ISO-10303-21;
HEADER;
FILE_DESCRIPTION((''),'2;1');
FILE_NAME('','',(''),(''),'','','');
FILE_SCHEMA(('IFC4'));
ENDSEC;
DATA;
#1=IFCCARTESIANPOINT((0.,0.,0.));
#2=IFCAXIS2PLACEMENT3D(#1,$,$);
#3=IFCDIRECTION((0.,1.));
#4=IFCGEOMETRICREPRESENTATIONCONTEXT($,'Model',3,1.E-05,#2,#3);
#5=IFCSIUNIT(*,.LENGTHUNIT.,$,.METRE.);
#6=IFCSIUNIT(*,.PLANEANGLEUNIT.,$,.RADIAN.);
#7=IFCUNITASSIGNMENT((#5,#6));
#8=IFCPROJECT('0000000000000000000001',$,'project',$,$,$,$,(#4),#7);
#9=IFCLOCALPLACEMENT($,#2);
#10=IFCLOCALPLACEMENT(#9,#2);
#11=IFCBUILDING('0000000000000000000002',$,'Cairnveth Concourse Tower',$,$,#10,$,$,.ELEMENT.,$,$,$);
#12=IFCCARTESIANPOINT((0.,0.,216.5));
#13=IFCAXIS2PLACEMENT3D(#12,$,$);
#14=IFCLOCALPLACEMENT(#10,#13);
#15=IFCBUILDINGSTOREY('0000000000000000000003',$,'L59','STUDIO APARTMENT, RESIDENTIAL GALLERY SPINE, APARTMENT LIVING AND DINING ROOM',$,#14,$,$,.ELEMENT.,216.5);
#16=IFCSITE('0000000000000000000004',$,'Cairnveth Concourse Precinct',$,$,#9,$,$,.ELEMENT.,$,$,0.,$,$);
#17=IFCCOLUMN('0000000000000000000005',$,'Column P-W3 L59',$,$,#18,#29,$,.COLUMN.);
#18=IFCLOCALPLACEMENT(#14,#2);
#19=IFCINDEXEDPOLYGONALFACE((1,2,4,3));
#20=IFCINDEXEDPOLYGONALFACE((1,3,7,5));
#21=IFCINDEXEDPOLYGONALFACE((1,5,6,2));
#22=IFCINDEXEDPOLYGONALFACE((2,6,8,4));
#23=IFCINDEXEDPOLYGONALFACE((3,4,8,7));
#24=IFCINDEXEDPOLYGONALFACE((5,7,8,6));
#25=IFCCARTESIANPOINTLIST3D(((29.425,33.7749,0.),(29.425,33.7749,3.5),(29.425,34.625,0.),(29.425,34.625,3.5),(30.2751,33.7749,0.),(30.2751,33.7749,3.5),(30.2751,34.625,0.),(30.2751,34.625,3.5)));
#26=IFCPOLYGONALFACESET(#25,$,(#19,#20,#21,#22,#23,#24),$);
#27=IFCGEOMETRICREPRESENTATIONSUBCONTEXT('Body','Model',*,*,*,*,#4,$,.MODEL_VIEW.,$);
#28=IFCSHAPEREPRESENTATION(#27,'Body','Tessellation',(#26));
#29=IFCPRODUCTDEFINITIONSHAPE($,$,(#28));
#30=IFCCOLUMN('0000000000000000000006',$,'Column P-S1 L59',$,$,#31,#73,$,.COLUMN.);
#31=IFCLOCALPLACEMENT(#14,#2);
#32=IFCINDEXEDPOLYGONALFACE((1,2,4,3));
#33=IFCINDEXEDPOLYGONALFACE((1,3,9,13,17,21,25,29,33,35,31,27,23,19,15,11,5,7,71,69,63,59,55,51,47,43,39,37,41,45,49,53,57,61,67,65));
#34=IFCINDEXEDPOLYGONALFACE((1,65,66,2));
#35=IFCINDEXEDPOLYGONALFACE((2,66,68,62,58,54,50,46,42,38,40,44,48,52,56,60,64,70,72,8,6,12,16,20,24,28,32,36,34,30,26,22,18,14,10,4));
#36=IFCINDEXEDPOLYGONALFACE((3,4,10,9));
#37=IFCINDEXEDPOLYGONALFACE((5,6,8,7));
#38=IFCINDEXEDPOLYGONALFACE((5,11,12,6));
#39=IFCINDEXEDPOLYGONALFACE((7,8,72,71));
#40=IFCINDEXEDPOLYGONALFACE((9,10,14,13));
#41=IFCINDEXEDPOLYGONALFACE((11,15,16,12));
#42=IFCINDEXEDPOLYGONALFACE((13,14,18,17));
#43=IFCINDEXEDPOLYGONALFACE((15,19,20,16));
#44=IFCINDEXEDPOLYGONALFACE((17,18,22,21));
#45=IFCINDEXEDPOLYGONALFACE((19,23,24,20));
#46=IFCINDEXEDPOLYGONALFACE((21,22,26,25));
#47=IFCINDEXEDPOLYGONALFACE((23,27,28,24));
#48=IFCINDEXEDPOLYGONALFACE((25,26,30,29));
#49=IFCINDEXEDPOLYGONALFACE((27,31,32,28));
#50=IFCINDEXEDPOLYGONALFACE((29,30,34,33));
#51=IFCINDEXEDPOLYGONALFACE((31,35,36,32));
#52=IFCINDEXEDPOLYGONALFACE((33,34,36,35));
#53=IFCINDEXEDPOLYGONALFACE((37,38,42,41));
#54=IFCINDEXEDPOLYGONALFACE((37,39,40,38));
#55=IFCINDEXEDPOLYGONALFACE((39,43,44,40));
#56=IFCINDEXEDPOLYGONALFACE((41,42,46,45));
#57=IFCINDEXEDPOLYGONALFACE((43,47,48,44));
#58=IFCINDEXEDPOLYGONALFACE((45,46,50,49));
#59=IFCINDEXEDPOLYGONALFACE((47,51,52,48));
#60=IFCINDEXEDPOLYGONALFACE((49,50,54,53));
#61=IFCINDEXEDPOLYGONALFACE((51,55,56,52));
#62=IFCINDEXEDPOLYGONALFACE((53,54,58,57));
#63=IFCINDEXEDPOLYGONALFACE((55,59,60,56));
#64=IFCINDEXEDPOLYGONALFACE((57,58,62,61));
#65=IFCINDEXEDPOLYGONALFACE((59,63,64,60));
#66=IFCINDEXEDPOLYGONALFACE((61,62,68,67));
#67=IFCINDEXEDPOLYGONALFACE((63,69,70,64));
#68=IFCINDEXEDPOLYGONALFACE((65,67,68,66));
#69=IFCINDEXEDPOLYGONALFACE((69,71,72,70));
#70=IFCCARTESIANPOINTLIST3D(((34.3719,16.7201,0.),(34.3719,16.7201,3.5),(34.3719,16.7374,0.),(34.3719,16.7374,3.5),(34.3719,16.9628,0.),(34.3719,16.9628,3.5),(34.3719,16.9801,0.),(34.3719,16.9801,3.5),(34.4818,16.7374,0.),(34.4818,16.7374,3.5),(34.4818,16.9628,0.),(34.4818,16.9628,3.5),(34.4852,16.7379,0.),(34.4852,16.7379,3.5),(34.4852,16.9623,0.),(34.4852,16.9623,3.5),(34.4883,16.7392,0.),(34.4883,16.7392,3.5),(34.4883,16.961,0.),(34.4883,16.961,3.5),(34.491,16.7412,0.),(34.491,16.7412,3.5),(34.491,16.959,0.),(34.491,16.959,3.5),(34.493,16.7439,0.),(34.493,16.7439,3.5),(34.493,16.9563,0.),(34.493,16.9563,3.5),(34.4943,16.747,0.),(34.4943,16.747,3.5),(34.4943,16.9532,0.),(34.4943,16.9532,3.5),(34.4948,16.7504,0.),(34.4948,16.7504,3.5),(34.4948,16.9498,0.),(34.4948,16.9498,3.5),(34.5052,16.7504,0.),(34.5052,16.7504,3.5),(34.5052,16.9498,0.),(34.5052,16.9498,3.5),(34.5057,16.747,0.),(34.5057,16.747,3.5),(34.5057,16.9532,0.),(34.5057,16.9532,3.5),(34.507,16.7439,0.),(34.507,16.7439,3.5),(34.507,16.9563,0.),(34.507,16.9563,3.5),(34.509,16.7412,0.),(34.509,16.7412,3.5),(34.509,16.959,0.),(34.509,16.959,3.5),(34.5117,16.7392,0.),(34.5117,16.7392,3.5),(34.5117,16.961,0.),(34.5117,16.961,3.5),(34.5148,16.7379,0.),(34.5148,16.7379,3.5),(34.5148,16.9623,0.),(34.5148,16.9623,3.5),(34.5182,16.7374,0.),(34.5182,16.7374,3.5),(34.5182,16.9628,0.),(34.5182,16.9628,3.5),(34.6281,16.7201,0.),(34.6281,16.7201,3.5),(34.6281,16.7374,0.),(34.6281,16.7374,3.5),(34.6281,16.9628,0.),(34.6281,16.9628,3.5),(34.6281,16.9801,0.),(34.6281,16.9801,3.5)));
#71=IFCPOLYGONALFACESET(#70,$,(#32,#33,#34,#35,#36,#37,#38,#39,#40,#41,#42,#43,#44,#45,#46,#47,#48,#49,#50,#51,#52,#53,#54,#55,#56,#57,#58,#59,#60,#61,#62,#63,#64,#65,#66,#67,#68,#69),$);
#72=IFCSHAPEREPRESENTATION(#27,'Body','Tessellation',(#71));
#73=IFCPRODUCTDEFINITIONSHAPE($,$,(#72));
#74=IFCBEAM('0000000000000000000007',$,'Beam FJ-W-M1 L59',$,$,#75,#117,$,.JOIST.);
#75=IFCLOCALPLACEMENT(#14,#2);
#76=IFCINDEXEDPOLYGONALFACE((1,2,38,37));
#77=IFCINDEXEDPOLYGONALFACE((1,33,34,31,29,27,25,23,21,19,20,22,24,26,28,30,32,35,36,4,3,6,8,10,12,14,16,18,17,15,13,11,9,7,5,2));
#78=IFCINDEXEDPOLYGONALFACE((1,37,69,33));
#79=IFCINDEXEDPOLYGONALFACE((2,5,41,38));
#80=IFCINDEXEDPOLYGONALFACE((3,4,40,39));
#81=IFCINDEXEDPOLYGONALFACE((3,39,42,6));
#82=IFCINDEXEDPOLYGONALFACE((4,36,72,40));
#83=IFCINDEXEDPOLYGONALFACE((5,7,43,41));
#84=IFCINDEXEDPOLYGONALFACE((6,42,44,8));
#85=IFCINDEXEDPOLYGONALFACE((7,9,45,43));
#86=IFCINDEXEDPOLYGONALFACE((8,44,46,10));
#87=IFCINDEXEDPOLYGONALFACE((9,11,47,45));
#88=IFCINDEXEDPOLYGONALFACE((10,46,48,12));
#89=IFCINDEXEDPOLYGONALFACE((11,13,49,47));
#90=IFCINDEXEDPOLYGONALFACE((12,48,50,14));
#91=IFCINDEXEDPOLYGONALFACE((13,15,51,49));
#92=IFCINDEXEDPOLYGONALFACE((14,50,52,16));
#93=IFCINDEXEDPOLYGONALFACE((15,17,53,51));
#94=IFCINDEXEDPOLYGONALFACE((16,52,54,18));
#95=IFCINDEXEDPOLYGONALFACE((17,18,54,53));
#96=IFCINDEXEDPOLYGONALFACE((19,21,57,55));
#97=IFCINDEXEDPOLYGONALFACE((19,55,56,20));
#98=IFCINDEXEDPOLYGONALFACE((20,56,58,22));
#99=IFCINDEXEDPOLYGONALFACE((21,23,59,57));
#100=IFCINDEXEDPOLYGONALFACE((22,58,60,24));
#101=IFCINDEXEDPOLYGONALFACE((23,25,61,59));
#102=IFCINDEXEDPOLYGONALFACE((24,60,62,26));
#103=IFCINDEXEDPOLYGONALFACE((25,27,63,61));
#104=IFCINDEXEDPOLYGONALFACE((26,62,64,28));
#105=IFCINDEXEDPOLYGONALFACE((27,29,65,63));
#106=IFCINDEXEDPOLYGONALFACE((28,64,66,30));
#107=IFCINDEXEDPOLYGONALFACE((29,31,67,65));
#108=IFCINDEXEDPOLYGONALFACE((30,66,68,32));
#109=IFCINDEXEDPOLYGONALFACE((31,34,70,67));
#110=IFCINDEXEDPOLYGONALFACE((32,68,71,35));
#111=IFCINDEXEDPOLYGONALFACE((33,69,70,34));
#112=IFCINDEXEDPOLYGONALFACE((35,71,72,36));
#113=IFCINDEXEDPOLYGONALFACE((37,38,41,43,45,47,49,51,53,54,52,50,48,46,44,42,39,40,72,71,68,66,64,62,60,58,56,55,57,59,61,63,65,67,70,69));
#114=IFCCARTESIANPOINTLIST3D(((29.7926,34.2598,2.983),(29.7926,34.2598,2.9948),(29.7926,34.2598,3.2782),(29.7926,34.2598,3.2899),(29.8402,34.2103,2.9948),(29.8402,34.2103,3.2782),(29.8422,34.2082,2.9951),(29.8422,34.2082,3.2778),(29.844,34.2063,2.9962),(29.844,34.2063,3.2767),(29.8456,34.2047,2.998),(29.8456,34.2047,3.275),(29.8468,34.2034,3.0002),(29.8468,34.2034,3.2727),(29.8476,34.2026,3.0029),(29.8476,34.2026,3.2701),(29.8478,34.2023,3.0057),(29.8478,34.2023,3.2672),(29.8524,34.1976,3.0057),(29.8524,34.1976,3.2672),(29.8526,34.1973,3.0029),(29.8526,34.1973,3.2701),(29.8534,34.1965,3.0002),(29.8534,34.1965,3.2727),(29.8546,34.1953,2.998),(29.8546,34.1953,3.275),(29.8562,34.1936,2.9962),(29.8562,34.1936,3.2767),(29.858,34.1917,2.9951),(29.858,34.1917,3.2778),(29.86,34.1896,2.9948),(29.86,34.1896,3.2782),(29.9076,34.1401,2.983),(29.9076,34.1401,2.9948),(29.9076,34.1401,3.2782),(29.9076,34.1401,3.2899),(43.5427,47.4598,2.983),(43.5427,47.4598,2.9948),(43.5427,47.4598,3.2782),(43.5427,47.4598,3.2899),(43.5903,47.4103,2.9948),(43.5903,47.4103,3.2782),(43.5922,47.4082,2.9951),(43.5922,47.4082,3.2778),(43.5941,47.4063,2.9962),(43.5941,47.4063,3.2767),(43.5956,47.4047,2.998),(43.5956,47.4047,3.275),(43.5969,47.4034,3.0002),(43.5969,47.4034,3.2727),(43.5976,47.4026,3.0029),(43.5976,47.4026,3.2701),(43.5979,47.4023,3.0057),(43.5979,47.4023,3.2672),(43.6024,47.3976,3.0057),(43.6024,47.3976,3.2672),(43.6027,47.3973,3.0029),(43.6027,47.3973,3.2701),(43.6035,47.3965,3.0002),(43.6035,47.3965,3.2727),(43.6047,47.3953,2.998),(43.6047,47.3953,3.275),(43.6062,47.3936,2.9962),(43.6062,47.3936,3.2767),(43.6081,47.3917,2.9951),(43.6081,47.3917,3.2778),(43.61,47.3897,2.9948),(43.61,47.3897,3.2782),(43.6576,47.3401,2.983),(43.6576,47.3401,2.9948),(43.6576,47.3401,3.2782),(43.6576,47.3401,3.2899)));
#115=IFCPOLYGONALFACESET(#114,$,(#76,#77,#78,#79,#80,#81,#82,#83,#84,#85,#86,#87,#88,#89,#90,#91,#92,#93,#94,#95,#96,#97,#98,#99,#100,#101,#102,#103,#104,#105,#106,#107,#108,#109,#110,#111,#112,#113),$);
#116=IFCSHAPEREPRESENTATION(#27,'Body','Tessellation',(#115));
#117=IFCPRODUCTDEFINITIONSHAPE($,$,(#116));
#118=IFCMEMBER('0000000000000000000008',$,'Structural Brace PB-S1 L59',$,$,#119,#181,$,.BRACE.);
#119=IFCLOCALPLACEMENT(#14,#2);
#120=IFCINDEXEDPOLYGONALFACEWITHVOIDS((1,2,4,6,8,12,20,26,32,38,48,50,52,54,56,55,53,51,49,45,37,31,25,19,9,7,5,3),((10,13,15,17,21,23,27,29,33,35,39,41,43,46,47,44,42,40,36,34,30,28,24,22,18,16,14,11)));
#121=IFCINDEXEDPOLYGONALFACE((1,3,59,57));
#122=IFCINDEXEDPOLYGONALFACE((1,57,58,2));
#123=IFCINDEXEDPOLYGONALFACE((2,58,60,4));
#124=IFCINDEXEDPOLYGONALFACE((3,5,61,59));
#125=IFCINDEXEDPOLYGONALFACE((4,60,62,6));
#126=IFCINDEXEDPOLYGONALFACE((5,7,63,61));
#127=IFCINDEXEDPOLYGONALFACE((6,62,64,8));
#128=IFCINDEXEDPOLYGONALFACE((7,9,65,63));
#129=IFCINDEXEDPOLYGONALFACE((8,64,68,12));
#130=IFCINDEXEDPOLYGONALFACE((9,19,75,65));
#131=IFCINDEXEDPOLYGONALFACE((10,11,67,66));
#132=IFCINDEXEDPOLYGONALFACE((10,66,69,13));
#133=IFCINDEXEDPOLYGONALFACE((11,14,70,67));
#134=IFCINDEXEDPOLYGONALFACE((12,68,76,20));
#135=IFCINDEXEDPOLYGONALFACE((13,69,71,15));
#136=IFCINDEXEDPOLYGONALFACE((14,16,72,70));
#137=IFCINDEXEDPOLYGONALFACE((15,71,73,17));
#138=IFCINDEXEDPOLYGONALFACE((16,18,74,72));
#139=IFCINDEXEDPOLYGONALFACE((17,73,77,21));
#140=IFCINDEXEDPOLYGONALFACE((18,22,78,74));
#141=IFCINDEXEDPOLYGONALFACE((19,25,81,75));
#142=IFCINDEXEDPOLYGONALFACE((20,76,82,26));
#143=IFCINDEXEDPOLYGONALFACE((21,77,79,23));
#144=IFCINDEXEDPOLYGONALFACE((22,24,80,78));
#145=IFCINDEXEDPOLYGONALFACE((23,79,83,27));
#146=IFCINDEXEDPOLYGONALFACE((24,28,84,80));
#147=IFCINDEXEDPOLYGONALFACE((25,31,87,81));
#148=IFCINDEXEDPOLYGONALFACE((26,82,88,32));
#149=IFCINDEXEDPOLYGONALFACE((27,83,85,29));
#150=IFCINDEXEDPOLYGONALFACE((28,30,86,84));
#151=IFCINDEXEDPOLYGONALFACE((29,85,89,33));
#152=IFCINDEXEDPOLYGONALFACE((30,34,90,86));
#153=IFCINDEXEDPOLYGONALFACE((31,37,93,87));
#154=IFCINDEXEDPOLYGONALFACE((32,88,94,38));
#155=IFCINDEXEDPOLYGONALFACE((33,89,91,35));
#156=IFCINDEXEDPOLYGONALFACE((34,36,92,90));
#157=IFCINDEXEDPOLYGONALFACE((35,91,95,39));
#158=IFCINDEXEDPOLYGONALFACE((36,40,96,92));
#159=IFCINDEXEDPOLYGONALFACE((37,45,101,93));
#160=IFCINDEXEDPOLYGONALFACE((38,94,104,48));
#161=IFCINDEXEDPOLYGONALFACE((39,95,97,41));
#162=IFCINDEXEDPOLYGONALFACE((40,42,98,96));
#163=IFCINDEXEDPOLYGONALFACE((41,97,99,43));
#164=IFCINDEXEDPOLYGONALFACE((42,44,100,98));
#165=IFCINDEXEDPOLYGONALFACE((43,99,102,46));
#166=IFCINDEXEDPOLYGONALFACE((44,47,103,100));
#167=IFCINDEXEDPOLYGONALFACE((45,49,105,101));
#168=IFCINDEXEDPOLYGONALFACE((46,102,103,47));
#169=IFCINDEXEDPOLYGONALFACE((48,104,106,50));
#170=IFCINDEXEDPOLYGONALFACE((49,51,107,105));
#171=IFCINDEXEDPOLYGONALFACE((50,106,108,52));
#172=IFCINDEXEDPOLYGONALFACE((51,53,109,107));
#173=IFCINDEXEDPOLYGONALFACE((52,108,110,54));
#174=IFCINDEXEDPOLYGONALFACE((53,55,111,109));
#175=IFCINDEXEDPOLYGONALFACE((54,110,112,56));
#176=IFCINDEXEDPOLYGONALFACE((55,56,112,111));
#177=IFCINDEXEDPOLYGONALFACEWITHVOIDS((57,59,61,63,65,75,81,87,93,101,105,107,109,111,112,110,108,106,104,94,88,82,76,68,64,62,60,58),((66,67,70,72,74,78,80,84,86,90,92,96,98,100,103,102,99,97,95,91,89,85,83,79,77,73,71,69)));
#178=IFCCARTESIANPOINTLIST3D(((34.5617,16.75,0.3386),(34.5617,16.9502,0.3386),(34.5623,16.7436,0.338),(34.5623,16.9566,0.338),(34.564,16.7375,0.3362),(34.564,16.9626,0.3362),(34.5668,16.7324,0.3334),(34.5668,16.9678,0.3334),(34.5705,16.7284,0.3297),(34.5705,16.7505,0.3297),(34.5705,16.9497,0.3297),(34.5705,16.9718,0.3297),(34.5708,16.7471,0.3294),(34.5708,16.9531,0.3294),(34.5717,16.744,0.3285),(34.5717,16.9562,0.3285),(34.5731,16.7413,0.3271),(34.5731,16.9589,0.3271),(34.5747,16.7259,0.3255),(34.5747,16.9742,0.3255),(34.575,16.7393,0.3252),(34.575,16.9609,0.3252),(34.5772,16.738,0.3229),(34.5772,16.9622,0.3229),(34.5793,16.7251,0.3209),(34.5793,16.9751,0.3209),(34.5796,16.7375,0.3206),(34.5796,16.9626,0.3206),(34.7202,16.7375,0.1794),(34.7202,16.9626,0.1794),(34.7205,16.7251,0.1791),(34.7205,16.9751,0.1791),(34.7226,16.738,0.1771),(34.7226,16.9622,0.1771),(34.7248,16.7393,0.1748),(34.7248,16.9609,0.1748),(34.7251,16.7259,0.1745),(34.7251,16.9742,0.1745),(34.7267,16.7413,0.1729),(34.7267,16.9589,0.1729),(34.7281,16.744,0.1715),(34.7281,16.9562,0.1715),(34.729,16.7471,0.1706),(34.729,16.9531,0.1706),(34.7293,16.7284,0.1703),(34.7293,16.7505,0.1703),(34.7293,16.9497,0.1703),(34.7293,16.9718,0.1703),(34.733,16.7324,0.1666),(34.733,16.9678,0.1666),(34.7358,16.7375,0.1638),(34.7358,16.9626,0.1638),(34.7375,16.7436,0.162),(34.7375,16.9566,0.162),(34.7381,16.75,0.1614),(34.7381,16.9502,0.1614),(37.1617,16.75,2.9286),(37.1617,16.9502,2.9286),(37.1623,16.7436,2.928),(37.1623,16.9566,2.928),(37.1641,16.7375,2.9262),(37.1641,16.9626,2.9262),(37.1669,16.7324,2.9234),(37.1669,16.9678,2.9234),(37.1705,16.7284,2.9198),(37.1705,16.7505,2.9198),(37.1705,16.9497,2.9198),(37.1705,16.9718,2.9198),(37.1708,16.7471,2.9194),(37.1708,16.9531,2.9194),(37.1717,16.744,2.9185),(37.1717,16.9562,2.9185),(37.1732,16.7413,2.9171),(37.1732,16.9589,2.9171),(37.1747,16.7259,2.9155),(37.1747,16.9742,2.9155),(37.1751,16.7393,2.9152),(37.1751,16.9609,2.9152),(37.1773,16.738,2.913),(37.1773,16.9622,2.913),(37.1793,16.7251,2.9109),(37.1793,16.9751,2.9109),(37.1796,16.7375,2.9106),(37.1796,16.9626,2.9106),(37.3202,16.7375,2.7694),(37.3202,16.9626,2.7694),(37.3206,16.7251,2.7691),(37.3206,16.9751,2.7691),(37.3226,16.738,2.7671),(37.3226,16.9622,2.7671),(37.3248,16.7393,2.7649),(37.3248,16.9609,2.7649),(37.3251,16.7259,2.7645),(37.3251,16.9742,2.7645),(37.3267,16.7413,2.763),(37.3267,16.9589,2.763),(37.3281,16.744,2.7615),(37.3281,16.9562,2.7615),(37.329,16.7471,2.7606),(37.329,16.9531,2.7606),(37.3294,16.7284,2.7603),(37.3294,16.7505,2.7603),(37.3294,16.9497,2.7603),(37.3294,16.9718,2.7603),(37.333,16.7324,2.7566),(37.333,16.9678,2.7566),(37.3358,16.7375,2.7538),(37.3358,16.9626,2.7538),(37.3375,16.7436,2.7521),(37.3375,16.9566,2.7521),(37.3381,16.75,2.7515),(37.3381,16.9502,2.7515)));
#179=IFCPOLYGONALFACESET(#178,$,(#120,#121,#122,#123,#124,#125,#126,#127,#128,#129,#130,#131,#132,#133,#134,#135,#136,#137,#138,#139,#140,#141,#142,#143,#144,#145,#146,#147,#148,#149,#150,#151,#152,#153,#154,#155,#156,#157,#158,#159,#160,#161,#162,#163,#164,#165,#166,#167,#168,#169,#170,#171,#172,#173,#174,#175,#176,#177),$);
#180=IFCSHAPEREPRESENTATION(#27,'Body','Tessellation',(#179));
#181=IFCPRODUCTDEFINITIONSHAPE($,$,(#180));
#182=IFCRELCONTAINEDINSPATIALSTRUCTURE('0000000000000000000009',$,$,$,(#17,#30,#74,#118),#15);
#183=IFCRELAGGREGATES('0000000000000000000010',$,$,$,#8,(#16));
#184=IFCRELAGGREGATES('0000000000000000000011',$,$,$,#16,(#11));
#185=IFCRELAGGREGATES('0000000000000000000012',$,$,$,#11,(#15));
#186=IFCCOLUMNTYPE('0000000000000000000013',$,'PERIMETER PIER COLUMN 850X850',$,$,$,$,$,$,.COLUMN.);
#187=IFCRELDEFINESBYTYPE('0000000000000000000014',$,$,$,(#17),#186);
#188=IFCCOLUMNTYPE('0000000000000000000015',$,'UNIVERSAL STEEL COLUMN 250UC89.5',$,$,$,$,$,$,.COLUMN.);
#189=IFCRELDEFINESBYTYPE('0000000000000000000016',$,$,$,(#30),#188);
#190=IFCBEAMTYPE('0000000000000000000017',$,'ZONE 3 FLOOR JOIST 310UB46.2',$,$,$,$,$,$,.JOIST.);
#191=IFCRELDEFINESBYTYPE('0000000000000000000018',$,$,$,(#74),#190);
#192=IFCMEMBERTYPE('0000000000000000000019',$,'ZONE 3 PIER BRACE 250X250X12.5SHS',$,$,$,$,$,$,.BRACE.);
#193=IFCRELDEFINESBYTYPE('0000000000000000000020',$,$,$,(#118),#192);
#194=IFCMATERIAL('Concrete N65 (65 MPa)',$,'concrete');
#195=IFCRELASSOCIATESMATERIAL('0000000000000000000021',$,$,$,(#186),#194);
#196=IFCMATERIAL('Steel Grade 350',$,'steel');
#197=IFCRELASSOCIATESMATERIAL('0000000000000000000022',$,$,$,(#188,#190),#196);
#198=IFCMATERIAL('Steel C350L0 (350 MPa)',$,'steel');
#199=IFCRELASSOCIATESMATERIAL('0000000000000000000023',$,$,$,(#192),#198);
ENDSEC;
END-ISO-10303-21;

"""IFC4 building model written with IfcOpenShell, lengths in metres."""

from ifc_helpers import new_model, si_unit, direction, frame, origin, origin_2d, place, context, subcontext, project, spatial, rectangle, hollow_rectangle, i_section, extrude, material, material_profile, profile_set, type_object, element, save


model = new_model("IFC4")

# Units and contexts
model_context = context("Model", 3, precision=1e-05, world=origin(), true_north=direction((0.0, 1.0)))
body_context = subcontext(model_context, "Body", "Model", "MODEL_VIEW")
ifc_project = project(units=[si_unit("LENGTHUNIT", "METRE"), si_unit("PLANEANGLEUNIT", "RADIAN")], contexts=[model_context])

# Site, building, storey
site_placement = place(None, origin())
site = spatial("IfcSite", under=ifc_project, at=site_placement, Name="Cairnveth Concourse Precinct", CompositionType="ELEMENT", RefElevation=0.0)
building_placement = place(site_placement, origin())
building = spatial("IfcBuilding", under=site, at=building_placement, Name="Cairnveth Concourse Tower", CompositionType="ELEMENT")
storey_placement = place(building_placement, frame((0.0, 0.0, 216.5)))
storey = spatial("IfcBuildingStorey", under=building, at=storey_placement, Name="L59", Description="STUDIO APARTMENT, RESIDENTIAL GALLERY SPINE, APARTMENT LIVING AND DINING ROOM", CompositionType="ELEMENT", Elevation=216.5)

# Columns
ifc_material_1 = material(Name="Concrete N65 (65 MPa)", Category="concrete")
ifc_material_profile_1 = material_profile(ifc_material_1, rectangle(XDim=0.8501, YDim=0.8501, at=origin_2d()), Name="RC-COL-850x850")
ifc_profile_set_1 = profile_set([ifc_material_profile_1], Name="Concrete N65 (65 MPa)")
column_type_1 = type_object("IfcColumnType", Name="PERIMETER PIER COLUMN 850X850", PredefinedType="COLUMN", material=ifc_profile_set_1)
column_1_placement = place(storey_placement, frame((29.8501, 34.2, 0.0), z_axis=(0.0, 0.0, 1.0), x_axis=(0.0, 1.0, 0.0)))
element("IfcColumn", 1, at=column_1_placement, inside=storey, type_object=column_type_1, Name="Column P-W3 L59", PredefinedType="COLUMN", context=body_context, shape_type="SweptSolid", body=[
    extrude(rectangle(XDim=0.8501, YDim=0.8501, at=origin_2d()), origin(), (0.0, 0.0, 1.0), 3.5),
])
ifc_material_2 = material(Name="Steel Grade 350", Category="steel")
ifc_material_profile_2 = material_profile(ifc_material_2, i_section(OverallWidth=0.2561, OverallDepth=0.26, WebThickness=0.0105, FlangeThickness=0.0173, FilletRadius=0.0129, at=origin_2d()), Name="250UC89.5")
ifc_profile_set_2 = profile_set([ifc_material_profile_2], Name="Steel Grade 350")
column_type_2 = type_object("IfcColumnType", Name="UNIVERSAL STEEL COLUMN 250UC89.5", PredefinedType="COLUMN", material=ifc_profile_set_2)
column_2_placement = place(storey_placement, frame((34.5, 16.8501, 0.0), z_axis=(0.0, 0.0, 1.0), x_axis=(1.0, 0.0, 0.0)))
element("IfcColumn", 2, at=column_2_placement, inside=storey, type_object=column_type_2, Name="Column P-S1 L59", PredefinedType="COLUMN", context=body_context, shape_type="SweptSolid", body=[
    extrude(i_section(OverallWidth=0.2561, OverallDepth=0.26, WebThickness=0.0105, FlangeThickness=0.0173, FilletRadius=0.0129, at=origin_2d()), origin(), (0.0, 0.0, 1.0), 3.5),
])

# Beam
ifc_material_profile_3 = material_profile(ifc_material_2, i_section(OverallWidth=0.166, OverallDepth=0.3069, WebThickness=0.0066, FlangeThickness=0.0117, FilletRadius=0.011, at=origin_2d()), Name="310UB46.2")
ifc_profile_set_3 = profile_set([ifc_material_profile_3], Name="Steel Grade 350")
beam_type_1 = type_object("IfcBeamType", Name="ZONE 3 FLOOR JOIST 310UB46.2", PredefinedType="JOIST", material=ifc_profile_set_3)
beam_1_placement = place(storey_placement, frame((29.8501, 34.2, 3.1365), z_axis=(0.721389, 0.69253, 0.0), x_axis=(-0.69253, 0.721389, 0.0)))
element("IfcBeam", 3, at=beam_1_placement, inside=storey, type_object=beam_type_1, Name="Beam FJ-W-M1 L59", PredefinedType="JOIST", context=body_context, shape_type="SweptSolid", body=[
    extrude(i_section(OverallWidth=0.166, OverallDepth=0.3069, WebThickness=0.0066, FlangeThickness=0.0117, FilletRadius=0.011, at=origin_2d()), origin(), (0.0, 0.0, 1.0), 19.0605),
])

# Member
ifc_material_3 = material(Name="Steel C350L0 (350 MPa)", Category="steel")
ifc_material_profile_4 = material_profile(ifc_material_3, hollow_rectangle(XDim=0.25, YDim=0.25, WallThickness=0.0125, InnerFilletRadius=0.0129, OuterFilletRadius=0.0249, at=origin_2d()), Name="250x250x12.5SHS")
ifc_profile_set_4 = profile_set([ifc_material_profile_4], Name="Steel C350L0 (350 MPa)")
member_type = type_object("IfcMemberType", Name="ZONE 3 PIER BRACE 250X250X12.5SHS", PredefinedType="BRACE", material=ifc_profile_set_4)
member_placement = place(storey_placement, frame((34.6499, 16.8501, 0.25), z_axis=(0.708469, 0.0, 0.705742), x_axis=(0.0, 1.0, 0.0)))
element("IfcMember", 4, at=member_placement, inside=storey, type_object=member_type, Name="Structural Brace PB-S1 L59", PredefinedType="BRACE", context=body_context, shape_type="SweptSolid", body=[
    extrude(hollow_rectangle(XDim=0.25, YDim=0.25, WallThickness=0.0125, InnerFilletRadius=0.0129, OuterFilletRadius=0.0249, at=origin_2d()), origin(), (0.0, 0.0, 1.0), 3.6699),
])

save(model, "model.ifc")
